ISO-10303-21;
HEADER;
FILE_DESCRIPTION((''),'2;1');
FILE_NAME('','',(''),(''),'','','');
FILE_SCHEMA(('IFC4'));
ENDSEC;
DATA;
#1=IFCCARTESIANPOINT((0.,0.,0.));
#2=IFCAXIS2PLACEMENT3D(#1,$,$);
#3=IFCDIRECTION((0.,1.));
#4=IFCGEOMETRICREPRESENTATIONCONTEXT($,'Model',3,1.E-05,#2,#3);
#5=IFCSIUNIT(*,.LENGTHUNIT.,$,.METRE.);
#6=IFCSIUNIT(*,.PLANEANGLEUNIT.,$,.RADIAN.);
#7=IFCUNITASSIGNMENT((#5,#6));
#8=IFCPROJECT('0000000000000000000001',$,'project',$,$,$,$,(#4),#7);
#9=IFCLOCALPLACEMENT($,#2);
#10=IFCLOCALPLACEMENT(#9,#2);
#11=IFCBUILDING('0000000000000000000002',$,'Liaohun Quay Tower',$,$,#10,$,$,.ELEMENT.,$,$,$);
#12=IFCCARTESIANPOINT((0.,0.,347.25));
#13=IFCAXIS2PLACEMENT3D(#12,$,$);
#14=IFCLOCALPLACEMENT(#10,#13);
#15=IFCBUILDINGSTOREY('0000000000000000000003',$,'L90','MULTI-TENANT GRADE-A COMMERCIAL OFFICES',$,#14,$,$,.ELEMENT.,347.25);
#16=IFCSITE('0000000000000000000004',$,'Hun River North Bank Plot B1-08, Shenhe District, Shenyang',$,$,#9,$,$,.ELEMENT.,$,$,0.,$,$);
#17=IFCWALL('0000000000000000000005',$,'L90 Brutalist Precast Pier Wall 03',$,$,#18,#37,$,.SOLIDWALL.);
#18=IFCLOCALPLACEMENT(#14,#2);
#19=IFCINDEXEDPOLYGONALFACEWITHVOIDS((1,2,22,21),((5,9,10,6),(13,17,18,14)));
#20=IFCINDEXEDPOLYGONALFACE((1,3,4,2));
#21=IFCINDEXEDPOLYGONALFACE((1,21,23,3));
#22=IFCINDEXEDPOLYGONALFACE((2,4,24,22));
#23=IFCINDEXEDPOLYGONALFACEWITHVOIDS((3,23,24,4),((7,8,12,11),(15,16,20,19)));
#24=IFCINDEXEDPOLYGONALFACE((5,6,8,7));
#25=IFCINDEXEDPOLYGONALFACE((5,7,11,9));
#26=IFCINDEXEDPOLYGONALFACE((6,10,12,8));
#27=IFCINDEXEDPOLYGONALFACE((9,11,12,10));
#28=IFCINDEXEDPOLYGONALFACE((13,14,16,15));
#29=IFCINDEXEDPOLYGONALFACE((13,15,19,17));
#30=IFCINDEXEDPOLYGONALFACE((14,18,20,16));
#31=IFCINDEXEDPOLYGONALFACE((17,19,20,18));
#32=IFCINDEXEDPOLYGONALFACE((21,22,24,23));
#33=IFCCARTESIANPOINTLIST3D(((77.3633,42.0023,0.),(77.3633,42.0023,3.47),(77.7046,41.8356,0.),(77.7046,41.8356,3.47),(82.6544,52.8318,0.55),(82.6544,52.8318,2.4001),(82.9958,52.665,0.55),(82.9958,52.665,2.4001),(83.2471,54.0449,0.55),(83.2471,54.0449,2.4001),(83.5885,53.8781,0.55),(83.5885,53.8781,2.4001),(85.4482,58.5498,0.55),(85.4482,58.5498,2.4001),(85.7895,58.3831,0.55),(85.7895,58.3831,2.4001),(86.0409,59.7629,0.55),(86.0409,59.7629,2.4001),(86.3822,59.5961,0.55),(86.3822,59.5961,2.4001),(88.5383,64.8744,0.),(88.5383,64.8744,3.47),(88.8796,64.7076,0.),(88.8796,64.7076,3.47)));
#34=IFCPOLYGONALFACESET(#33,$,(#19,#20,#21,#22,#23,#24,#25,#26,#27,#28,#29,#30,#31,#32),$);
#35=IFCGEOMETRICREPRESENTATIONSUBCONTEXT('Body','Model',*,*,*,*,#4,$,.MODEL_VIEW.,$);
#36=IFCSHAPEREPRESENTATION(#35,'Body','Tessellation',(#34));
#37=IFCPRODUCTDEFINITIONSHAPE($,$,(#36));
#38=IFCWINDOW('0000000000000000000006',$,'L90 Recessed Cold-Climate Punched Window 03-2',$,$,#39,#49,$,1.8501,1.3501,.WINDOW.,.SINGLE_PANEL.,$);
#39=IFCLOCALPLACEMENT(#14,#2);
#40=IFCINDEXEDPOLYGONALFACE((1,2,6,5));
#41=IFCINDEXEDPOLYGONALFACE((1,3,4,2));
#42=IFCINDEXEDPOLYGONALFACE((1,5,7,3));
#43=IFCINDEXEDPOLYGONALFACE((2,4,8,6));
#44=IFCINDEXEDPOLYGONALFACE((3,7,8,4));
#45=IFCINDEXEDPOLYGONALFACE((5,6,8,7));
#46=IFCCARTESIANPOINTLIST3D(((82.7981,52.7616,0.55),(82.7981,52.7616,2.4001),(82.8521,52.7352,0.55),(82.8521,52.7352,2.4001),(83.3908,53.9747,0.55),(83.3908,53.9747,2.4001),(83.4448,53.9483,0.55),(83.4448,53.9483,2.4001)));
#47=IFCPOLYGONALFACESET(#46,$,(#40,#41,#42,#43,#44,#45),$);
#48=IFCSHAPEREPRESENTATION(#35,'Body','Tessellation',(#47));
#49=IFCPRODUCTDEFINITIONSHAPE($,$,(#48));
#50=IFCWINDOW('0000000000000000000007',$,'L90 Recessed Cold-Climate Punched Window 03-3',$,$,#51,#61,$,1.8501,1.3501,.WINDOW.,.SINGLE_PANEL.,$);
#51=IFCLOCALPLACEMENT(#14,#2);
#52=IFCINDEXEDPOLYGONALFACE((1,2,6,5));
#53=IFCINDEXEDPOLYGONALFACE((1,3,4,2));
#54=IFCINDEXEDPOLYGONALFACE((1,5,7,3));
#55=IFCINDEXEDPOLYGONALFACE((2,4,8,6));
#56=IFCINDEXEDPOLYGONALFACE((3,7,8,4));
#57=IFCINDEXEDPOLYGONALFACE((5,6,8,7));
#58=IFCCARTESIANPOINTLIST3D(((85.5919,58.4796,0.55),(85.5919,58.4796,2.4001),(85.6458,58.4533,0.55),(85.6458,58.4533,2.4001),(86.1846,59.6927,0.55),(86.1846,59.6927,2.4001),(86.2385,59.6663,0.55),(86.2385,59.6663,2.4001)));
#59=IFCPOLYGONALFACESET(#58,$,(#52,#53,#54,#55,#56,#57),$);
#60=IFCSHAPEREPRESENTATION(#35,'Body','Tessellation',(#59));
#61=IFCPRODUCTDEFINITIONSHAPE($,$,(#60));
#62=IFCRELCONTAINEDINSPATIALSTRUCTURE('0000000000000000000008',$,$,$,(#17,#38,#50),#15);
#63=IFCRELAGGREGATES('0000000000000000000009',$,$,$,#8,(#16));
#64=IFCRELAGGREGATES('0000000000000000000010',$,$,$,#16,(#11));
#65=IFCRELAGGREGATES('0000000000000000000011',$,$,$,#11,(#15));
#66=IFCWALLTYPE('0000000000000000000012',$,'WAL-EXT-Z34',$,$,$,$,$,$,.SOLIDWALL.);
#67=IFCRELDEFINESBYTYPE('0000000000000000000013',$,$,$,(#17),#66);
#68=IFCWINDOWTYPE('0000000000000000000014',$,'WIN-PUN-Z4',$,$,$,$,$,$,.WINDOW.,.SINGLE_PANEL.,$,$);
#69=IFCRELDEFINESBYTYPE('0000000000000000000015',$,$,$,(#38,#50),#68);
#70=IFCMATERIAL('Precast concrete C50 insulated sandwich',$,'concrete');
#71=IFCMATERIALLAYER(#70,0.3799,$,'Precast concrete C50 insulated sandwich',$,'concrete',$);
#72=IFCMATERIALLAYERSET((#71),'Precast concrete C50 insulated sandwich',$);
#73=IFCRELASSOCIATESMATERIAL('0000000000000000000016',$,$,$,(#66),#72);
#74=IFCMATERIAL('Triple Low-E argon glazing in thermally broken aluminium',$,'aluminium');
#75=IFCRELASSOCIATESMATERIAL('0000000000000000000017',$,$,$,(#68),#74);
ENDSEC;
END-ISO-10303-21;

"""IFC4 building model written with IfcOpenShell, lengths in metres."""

from ifc_helpers import new_model, si_unit, direction, frame, frame_2d, origin, place, context, subcontext, project, spatial, rectangle, extrude, source, transform, mapped, material, layer, layer_set, type_object, element, fill, save


model = new_model("IFC4")

# Units and contexts
model_context = context("Model", 3, precision=1e-05, world=origin(), true_north=direction((0.0, 1.0)))
body_context = subcontext(model_context, "Body", "Model", "MODEL_VIEW")
ifc_project = project(units=[si_unit("LENGTHUNIT", "METRE"), si_unit("PLANEANGLEUNIT", "RADIAN")], contexts=[model_context])

# Site, building, storey
site_placement = place(None, origin())
site = spatial("IfcSite", under=ifc_project, at=site_placement, Name="Hun River North Bank Plot B1-08, Shenhe District, Shenyang", CompositionType="ELEMENT", RefElevation=0.0)
building_placement = place(site_placement, origin())
building = spatial("IfcBuilding", under=site, at=building_placement, Name="Liaohun Quay Tower", CompositionType="ELEMENT")
storey_placement = place(building_placement, frame((0.0, 0.0, 347.25)))
storey = spatial("IfcBuildingStorey", under=building, at=storey_placement, Name="L90", Description="MULTI-TENANT GRADE-A COMMERCIAL OFFICES", CompositionType="ELEMENT", Elevation=347.25)

# Shared definitions
ifc_material_1 = material(Name="Precast concrete C50 insulated sandwich", Category="concrete")
ifc_layer_1 = layer(ifc_material_1, 0.3799, Name="Precast concrete C50 insulated sandwich", Category="concrete")
ifc_layer_set_1 = layer_set([ifc_layer_1], Name="Precast concrete C50 insulated sandwich")
wall_type_1 = type_object("IfcWallType", Name="WAL-EXT-Z34", PredefinedType="SOLIDWALL", material=ifc_layer_set_1)

# Wall, openings, windows
shared_shape_1 = source(origin(), body_context, "Body", "SweptSolid", [
    extrude(rectangle(XDim=1.3501, YDim=1.8501, at=frame_2d((0.675, 0.925))), frame((0.0, 0.2, 0.0), z_axis=(0.0, -1.0, 0.0), x_axis=(1.0, 0.0, 0.0)), (0.0, 0.0, 1.0), 0.3999),
])
ifc_material_2 = material(Name="Triple Low-E argon glazing in thermally broken aluminium", Category="aluminium")
window_type_1 = type_object("IfcWindowType", Name="WIN-PUN-Z4", PartitioningType="SINGLE_PANEL", PredefinedType="WINDOW", material=ifc_material_2)
shared_shape_2 = source(origin(), body_context, "Body", "SweptSolid", [
    extrude(rectangle(XDim=1.3501, YDim=1.8501, at=frame_2d((0.675, 0.925))), frame((0.0, 0.03, 0.0), z_axis=(0.0, -1.0, 0.0), x_axis=(1.0, 0.0, 0.0)), (0.0, 0.0, 1.0), 0.0601),
])
wall_1_placement = place(storey_placement, frame((77.5339, 41.9189, 0.0), z_axis=(0.0, 0.0, 1.0), x_axis=(0.438993, 0.898491, 0.0)))
wall_1 = element("IfcWall", 1, at=wall_1_placement, inside=storey, type_object=wall_type_1, Name="L90 Brutalist Precast Pier Wall 03", PredefinedType="SOLIDWALL", context=body_context, shape_type="SweptSolid", body=[
    extrude(rectangle(XDim=25.4561, YDim=0.3799, at=frame_2d((12.728, 0.0))), origin(), (0.0, 0.0, 1.0), 3.47),
])
opening_1_placement = place(wall_1_placement, frame((12.053, 0.0, 0.55)))
opening_1 = element("IfcOpeningElement", 2, at=opening_1_placement, cuts=wall_1, PredefinedType="OPENING", context=body_context, shape_type="MappedRepresentation", body=[
    mapped(shared_shape_1, transform((0.0, 0.0, 0.0), x_axis=(1.0, 0.0, 0.0), y_axis=(0.0, 1.0, 0.0), z_axis=(0.0, 0.0, 1.0), scale=1.0)),
])
opening_2_placement = place(wall_1_placement, frame((18.417, 0.0, 0.55)))
opening_2 = element("IfcOpeningElement", 3, at=opening_2_placement, cuts=wall_1, PredefinedType="OPENING", context=body_context, shape_type="MappedRepresentation", body=[
    mapped(shared_shape_1, transform((0.0, 0.0, 0.0), x_axis=(1.0, 0.0, 0.0), y_axis=(0.0, 1.0, 0.0), z_axis=(0.0, 0.0, 1.0), scale=1.0)),
])
window_1_placement = place(opening_1_placement, origin())
window_1 = element("IfcWindow", 4, at=window_1_placement, inside=storey, type_object=window_type_1, Name="L90 Recessed Cold-Climate Punched Window 03-2", OverallHeight=1.8501, OverallWidth=1.3501, PartitioningType="SINGLE_PANEL", PredefinedType="WINDOW", context=body_context, shape_type="MappedRepresentation", body=[
    mapped(shared_shape_2, transform((0.0, 0.0, 0.0), x_axis=(1.0, 0.0, 0.0), y_axis=(0.0, 1.0, 0.0), z_axis=(0.0, 0.0, 1.0), scale=1.0)),
])
fill(opening_1, window_1)
window_2_placement = place(opening_2_placement, origin())
window_2 = element("IfcWindow", 5, at=window_2_placement, inside=storey, type_object=window_type_1, Name="L90 Recessed Cold-Climate Punched Window 03-3", OverallHeight=1.8501, OverallWidth=1.3501, PartitioningType="SINGLE_PANEL", PredefinedType="WINDOW", context=body_context, shape_type="MappedRepresentation", body=[
    mapped(shared_shape_2, transform((0.0, 0.0, 0.0), x_axis=(1.0, 0.0, 0.0), y_axis=(0.0, 1.0, 0.0), z_axis=(0.0, 0.0, 1.0), scale=1.0)),
])
fill(opening_2, window_2)

save(model, "model.ifc")
